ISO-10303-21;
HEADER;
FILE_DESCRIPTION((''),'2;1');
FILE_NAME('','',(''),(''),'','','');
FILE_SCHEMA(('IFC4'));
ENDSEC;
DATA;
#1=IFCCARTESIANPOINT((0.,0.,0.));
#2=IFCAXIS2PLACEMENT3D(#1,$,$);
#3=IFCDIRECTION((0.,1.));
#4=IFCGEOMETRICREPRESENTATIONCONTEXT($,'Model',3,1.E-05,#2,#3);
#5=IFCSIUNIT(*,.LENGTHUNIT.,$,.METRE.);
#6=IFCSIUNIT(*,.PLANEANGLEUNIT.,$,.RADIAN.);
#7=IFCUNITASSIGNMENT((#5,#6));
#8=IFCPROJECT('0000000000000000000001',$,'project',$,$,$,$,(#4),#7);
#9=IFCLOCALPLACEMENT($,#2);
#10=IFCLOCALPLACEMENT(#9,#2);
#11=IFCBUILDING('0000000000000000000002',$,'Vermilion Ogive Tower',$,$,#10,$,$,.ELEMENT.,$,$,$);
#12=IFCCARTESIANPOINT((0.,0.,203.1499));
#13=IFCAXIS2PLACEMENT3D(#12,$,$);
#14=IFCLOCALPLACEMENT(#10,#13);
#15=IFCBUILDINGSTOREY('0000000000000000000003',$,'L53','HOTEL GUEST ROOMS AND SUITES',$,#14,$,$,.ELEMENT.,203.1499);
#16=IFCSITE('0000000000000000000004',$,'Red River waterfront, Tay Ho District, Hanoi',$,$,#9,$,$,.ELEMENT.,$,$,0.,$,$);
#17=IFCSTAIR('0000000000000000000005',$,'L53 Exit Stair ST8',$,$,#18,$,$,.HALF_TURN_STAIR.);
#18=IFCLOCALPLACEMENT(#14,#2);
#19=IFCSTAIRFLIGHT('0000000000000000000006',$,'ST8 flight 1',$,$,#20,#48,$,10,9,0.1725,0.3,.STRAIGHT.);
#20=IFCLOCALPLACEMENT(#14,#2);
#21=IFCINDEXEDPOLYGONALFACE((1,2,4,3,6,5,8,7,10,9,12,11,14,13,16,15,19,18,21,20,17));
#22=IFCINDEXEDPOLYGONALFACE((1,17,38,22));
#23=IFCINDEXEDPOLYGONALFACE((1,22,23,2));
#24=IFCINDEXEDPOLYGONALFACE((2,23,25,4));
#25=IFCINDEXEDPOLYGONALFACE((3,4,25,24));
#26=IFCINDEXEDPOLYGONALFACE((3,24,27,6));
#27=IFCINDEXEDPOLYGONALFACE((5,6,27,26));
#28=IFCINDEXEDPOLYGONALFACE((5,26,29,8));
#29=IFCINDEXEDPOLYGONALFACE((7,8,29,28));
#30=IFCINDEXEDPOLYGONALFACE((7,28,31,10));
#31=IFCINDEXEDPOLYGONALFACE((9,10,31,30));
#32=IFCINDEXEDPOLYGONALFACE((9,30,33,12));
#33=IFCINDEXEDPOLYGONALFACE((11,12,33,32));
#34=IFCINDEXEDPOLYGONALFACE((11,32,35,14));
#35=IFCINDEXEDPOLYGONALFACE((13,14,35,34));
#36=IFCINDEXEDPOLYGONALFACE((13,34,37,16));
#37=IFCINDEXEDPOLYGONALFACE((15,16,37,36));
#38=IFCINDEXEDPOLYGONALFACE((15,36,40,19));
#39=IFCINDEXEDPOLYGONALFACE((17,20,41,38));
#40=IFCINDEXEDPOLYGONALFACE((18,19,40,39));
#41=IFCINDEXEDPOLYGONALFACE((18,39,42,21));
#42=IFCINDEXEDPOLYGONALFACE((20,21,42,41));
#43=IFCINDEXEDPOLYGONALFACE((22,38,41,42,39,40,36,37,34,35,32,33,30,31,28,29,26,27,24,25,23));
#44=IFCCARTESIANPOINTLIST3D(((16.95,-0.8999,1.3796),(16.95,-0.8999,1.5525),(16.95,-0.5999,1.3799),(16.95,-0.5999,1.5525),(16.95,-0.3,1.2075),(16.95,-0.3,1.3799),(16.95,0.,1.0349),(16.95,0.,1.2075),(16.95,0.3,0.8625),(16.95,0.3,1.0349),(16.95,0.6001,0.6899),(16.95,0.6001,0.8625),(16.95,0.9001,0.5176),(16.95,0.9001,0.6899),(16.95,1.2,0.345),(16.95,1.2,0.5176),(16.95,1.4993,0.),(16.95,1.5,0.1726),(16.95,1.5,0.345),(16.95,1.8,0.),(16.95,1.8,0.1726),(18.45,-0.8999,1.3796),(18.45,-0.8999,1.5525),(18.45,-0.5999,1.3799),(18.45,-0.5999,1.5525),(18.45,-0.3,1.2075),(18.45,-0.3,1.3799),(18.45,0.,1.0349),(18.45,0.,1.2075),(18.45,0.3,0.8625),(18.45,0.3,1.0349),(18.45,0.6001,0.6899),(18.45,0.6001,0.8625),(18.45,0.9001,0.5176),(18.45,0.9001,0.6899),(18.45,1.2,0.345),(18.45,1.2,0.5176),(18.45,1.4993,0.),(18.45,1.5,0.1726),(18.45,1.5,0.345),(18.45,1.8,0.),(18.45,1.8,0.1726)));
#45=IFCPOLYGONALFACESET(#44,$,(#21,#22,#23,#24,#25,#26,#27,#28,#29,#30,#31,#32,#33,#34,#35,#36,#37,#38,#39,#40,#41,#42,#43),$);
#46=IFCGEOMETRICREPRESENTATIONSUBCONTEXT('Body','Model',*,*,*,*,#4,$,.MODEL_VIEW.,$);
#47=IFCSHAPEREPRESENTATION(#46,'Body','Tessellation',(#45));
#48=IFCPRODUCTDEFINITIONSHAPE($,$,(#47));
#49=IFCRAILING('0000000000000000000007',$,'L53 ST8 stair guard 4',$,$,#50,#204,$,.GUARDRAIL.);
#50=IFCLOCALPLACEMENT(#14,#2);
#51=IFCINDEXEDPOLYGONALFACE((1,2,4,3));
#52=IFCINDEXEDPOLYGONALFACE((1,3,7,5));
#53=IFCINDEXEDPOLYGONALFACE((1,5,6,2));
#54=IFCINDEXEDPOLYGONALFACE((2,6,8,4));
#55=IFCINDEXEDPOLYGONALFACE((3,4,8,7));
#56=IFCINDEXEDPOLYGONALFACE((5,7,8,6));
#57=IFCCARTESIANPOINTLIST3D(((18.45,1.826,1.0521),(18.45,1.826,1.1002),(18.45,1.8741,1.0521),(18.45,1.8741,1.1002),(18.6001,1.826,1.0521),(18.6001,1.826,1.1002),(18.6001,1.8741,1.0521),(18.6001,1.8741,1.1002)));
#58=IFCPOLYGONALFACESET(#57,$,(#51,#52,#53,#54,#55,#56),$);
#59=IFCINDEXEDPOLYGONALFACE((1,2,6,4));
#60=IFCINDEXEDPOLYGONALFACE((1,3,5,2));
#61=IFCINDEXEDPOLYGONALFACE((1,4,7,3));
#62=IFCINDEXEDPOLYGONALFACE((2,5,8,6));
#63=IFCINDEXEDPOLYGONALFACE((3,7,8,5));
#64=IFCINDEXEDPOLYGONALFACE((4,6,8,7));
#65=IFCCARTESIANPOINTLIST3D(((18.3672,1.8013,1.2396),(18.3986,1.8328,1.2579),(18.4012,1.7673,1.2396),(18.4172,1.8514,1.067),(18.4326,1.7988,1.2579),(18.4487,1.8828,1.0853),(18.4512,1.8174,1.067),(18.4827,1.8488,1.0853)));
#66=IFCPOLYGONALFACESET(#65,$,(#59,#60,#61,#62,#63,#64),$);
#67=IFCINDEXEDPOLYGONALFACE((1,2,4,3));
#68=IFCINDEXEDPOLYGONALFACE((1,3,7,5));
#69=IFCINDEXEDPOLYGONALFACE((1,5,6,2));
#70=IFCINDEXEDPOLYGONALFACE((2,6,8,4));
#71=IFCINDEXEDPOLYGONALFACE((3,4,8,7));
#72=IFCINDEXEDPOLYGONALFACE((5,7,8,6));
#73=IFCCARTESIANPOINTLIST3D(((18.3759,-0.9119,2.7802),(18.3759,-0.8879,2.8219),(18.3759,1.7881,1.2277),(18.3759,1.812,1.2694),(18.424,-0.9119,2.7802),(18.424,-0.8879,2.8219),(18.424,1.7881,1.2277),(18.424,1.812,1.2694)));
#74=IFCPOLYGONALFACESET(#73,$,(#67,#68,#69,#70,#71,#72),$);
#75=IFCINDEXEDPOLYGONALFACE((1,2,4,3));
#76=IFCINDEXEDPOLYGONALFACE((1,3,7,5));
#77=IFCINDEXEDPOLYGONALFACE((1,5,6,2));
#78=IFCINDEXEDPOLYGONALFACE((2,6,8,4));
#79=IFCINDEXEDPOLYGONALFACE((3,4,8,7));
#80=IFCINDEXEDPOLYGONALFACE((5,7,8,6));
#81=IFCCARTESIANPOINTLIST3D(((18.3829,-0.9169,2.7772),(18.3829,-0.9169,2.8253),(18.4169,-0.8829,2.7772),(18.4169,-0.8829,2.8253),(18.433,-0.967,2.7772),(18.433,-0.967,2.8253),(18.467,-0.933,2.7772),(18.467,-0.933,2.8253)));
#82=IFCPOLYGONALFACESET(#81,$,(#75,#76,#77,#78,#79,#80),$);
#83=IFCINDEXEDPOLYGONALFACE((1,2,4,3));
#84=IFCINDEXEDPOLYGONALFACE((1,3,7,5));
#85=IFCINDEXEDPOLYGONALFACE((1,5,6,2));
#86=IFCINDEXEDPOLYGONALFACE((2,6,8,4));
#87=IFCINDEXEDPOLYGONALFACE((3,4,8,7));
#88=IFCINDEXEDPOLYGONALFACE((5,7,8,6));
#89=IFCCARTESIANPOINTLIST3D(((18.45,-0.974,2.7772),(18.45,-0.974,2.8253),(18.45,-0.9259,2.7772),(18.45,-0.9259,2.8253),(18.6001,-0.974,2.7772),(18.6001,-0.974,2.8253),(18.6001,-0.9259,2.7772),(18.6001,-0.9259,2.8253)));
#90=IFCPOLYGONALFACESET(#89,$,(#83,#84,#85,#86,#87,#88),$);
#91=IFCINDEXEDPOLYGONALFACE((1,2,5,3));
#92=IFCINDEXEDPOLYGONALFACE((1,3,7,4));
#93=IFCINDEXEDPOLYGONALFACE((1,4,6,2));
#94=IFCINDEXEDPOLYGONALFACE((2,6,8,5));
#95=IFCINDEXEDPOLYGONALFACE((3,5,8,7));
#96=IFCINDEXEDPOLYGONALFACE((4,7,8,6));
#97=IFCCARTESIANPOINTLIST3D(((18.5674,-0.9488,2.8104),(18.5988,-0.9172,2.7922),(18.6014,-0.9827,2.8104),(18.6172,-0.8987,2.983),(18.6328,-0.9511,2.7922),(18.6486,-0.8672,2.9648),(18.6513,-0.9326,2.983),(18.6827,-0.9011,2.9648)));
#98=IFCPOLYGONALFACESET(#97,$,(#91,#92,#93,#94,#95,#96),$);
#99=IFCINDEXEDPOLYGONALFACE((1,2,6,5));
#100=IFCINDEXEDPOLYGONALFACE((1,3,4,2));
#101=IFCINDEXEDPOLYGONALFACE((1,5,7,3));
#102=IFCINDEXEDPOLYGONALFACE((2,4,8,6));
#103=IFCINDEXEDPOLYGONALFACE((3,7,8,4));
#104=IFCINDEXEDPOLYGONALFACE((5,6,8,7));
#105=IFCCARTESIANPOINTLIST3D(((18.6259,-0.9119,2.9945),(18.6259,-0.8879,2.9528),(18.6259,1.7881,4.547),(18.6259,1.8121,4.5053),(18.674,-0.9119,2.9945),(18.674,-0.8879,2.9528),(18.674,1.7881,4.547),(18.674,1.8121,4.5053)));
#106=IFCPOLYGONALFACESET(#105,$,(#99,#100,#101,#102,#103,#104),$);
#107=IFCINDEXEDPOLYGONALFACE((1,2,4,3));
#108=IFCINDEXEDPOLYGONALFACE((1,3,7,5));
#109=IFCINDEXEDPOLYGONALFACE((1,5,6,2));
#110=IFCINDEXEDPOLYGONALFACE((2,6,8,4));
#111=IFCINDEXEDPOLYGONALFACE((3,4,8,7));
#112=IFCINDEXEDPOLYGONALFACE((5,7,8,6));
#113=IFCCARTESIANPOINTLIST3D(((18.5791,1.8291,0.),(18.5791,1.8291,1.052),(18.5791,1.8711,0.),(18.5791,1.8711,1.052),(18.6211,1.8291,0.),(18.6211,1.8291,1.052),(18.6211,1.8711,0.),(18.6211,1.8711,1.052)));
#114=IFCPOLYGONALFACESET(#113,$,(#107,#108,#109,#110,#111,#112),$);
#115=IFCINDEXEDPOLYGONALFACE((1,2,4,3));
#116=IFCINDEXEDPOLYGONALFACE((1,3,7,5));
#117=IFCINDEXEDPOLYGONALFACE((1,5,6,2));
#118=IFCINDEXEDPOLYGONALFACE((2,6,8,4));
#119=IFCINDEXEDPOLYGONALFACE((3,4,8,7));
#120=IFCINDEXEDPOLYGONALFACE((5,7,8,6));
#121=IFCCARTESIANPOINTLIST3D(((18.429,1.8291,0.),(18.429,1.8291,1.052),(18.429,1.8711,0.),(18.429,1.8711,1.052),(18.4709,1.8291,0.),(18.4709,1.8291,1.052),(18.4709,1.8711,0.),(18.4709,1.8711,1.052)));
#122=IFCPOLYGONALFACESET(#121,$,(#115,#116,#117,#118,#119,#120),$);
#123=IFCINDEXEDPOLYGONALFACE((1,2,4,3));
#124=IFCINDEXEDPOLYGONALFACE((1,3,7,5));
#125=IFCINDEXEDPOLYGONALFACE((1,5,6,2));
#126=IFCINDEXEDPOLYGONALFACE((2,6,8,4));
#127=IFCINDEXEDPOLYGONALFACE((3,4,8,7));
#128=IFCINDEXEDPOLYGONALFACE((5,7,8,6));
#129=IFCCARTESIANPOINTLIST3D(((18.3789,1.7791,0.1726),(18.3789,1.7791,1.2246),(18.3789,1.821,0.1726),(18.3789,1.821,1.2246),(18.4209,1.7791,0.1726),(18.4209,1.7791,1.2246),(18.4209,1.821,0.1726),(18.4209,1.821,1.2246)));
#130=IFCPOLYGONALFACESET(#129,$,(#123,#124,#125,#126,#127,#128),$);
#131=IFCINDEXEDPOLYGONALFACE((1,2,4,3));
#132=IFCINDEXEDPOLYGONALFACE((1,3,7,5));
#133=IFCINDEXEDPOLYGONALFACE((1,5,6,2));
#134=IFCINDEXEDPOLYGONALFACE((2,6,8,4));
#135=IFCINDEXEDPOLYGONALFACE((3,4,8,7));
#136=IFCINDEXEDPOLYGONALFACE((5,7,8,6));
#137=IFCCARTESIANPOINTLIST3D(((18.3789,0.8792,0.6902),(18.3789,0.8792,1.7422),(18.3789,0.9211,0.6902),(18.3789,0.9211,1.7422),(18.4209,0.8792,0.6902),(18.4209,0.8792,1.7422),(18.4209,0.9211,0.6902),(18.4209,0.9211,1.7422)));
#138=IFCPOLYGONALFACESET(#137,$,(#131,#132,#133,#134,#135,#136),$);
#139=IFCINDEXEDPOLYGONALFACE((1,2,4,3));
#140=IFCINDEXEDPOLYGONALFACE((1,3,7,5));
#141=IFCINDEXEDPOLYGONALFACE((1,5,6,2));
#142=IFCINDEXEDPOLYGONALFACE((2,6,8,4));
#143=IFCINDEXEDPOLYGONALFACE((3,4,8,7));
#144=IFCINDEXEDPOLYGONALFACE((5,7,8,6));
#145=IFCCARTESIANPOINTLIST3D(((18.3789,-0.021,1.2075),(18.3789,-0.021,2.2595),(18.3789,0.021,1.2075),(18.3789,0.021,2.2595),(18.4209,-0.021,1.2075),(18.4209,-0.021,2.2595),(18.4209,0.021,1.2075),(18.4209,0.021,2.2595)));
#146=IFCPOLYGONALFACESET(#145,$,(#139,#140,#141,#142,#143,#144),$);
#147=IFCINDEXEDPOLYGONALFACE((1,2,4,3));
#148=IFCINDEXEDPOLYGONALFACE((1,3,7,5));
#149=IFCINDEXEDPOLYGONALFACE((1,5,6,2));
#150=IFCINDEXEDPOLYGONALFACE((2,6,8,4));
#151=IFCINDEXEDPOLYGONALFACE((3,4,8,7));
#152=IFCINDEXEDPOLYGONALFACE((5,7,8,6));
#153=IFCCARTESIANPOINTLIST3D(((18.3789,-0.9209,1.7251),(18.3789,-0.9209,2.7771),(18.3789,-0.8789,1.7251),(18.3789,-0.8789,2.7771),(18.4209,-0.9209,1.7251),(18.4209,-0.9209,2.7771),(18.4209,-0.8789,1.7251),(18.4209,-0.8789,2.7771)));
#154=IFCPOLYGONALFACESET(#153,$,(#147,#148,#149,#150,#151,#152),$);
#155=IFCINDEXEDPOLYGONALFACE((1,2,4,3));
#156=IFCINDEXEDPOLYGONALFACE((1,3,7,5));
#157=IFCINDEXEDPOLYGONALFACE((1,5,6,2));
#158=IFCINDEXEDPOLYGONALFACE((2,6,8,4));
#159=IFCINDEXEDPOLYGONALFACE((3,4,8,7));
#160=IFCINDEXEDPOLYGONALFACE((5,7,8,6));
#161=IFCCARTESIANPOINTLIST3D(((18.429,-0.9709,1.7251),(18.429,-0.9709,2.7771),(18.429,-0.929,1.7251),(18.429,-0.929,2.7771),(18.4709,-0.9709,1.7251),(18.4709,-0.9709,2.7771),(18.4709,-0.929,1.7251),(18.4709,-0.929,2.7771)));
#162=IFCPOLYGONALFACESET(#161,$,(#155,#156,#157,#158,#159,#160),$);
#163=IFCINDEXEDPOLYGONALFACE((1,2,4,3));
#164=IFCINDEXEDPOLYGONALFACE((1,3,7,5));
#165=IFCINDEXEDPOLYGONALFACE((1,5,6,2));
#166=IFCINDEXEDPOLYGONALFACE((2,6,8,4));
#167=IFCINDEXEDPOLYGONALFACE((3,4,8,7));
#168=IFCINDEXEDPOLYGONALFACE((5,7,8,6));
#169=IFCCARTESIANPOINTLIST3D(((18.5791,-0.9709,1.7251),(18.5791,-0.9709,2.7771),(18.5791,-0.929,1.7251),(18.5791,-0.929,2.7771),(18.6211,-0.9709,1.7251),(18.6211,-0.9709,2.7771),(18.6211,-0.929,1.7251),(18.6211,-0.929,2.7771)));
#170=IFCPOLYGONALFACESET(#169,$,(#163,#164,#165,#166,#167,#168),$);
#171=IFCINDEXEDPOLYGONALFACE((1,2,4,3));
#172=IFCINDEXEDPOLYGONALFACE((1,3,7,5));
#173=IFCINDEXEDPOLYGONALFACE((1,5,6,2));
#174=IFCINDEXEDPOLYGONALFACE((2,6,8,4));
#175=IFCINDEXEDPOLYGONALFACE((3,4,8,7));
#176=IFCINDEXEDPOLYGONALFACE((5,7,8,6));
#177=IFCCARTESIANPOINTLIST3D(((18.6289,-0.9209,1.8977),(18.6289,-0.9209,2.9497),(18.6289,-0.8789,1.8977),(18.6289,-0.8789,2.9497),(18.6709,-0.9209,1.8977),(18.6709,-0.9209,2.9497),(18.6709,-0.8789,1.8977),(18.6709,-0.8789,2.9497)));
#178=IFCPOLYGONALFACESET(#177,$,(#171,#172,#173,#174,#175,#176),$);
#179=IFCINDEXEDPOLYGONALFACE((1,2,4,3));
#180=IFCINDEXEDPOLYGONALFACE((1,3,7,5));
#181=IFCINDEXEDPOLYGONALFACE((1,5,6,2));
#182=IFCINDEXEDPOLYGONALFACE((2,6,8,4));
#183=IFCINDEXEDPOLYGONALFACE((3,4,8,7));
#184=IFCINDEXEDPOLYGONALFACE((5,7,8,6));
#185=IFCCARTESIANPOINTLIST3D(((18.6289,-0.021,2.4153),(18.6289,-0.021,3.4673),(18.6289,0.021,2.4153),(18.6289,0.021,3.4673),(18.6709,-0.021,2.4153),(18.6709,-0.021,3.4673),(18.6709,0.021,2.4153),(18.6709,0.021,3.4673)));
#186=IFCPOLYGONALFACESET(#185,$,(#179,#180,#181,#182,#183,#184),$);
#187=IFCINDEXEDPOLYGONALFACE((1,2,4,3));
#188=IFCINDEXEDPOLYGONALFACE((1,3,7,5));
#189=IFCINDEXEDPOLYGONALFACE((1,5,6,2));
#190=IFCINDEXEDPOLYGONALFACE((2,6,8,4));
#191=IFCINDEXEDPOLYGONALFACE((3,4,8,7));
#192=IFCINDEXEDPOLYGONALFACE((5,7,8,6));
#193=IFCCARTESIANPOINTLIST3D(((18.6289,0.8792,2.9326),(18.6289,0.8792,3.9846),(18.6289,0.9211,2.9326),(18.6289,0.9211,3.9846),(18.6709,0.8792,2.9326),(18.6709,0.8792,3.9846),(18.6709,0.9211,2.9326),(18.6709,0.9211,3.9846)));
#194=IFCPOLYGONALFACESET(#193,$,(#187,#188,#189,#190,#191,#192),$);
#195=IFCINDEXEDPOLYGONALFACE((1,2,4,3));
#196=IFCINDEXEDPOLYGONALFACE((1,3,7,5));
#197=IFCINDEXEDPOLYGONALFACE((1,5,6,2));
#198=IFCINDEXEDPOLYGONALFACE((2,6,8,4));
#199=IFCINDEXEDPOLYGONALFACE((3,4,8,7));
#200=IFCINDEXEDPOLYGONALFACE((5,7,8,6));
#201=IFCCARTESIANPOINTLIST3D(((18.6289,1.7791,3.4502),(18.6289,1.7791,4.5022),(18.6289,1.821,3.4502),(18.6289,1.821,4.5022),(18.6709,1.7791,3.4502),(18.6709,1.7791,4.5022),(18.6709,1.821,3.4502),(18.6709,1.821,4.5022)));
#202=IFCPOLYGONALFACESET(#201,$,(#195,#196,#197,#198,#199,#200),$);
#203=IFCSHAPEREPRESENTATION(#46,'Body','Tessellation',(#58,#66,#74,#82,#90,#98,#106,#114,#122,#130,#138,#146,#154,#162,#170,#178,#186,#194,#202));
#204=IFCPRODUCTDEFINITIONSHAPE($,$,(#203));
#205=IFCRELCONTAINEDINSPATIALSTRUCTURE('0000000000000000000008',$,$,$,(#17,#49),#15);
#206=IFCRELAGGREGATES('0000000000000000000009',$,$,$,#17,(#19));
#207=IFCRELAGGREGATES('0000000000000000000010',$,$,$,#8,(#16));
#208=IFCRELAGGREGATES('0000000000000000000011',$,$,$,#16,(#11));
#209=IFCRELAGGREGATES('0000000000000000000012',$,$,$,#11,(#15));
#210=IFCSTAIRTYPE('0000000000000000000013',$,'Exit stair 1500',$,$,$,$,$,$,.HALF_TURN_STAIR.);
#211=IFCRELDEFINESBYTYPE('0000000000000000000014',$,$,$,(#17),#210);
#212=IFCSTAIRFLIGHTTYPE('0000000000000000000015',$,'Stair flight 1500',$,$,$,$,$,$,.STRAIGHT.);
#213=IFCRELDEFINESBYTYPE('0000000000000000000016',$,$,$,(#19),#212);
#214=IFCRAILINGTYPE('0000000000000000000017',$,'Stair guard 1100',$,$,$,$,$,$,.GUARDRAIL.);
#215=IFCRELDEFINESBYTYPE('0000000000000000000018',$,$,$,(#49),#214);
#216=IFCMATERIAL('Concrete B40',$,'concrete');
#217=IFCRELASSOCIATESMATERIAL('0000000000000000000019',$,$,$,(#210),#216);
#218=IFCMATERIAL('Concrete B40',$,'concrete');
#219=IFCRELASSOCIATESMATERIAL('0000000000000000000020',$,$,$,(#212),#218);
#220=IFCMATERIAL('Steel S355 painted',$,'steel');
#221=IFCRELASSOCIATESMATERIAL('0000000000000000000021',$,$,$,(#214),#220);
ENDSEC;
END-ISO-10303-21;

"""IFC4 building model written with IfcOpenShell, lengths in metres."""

from ifc_helpers import new_model, si_unit, direction, frame, origin, origin_2d, place, context, subcontext, project, spatial, polyline, rectangle, outline, extrude, material, type_object, element, aggregate, save


model = new_model("IFC4")

# Units and contexts
model_context = context("Model", 3, precision=1e-05, world=origin(), true_north=direction((0.0, 1.0)))
body_context = subcontext(model_context, "Body", "Model", "MODEL_VIEW")
ifc_project = project(units=[si_unit("LENGTHUNIT", "METRE"), si_unit("PLANEANGLEUNIT", "RADIAN")], contexts=[model_context])

# Site, building, storey
site_placement = place(None, origin())
site = spatial("IfcSite", under=ifc_project, at=site_placement, Name="Red River waterfront, Tay Ho District, Hanoi", CompositionType="ELEMENT", RefElevation=0.0)
building_placement = place(site_placement, origin())
building = spatial("IfcBuilding", under=site, at=building_placement, Name="Vermilion Ogive Tower", CompositionType="ELEMENT")
storey_placement = place(building_placement, frame((0.0, 0.0, 203.1499)))
storey = spatial("IfcBuildingStorey", under=building, at=storey_placement, Name="L53", Description="HOTEL GUEST ROOMS AND SUITES", CompositionType="ELEMENT", Elevation=203.1499)

# Stair, stair flight
ifc_material_1 = material(Name="Concrete B40", Category="concrete")
stair_type = type_object("IfcStairType", Name="Exit stair 1500", PredefinedType="HALF_TURN_STAIR", material=ifc_material_1)
stair_placement = place(storey_placement, origin())
stair = element("IfcStair", 1, at=stair_placement, inside=storey, type_object=stair_type, Name="L53 Exit Stair ST8", PredefinedType="HALF_TURN_STAIR")
ifc_material_2 = material(Name="Concrete B40", Category="concrete")
stair_flight_type = type_object("IfcStairFlightType", Name="Stair flight 1500", PredefinedType="STRAIGHT", material=ifc_material_2)
stair_flight_placement = place(storey_placement, frame((17.7, 1.8, 0.0), z_axis=(0.0, 0.0, 1.0), x_axis=(0.0, -1.0, 0.0)))
stair_flight = element("IfcStairFlight", 2, at=stair_flight_placement, type_object=stair_flight_type, Name="ST8 flight 1", NumberOfRisers=10, NumberOfTreads=9, PredefinedType="STRAIGHT", RiserHeight=0.1725, TreadLength=0.3, context=body_context, shape_type="SweptSolid", body=[
    extrude(outline(polyline([(0.0, 0.0), (0.0, 0.1726), (0.3, 0.1726), (0.3, 0.345), (0.6001, 0.345), (0.6001, 0.5176), (0.8999, 0.5176), (0.8999, 0.6899), (1.2, 0.6899), (1.2, 0.8625), (1.5, 0.8625), (1.5, 1.0349), (1.8, 1.0349), (1.8, 1.2075), (2.1001, 1.2075), (2.1001, 1.3799), (2.3999, 1.3799), (2.3999, 1.5525), (2.7, 1.5525), (2.7, 1.7251), (2.7, 1.3796), (0.3008, 0.0), (0.0, 0.0)])), frame((0.0, 0.75, 0.0), z_axis=(0.0, -1.0, 0.0), x_axis=(1.0, 0.0, 0.0)), (0.0, 0.0, 1.0), 1.5),
])
aggregate(stair, [stair_flight])

# Railing
ifc_material_3 = material(Name="Steel S355 painted", Category="steel")
railing_type_1 = type_object("IfcRailingType", Name="Stair guard 1100", PredefinedType="GUARDRAIL", material=ifc_material_3)
railing_1_placement = place(storey_placement, frame((18.6001, 1.8501, 0.0)))
element("IfcRailing", 3, at=railing_1_placement, inside=storey, type_object=railing_type_1, Name="L53 ST8 stair guard 4", PredefinedType="GUARDRAIL", context=body_context, shape_type="SweptSolid", body=[
    extrude(rectangle(XDim=0.0481, YDim=0.0481, at=origin_2d()), frame((0.0, 0.0, 1.0762), z_axis=(-1.0, 0.0, 0.0), x_axis=(0.0, -1.0, 0.0)), (0.0, 0.0, 1.0), 0.1501),
    extrude(rectangle(XDim=0.0481, YDim=0.0481, at=origin_2d()), frame((-0.1501, 0.0, 1.0762), z_axis=(-0.268278, -0.268278, 0.925232), x_axis=(0.707107, -0.707107, 0.0)), (0.0, 0.0, 1.0), 0.1865),
    extrude(rectangle(XDim=0.0481, YDim=0.0481, at=origin_2d()), frame((-0.2002, -0.05, 1.2485), z_axis=(0.0, -0.866904, 0.498476), x_axis=(1.0, 0.0, 0.0)), (0.0, 0.0, 1.0), 3.1145),
    extrude(rectangle(XDim=0.0481, YDim=0.0481, at=origin_2d()), frame((-0.2002, -2.75, 2.8013), z_axis=(0.707107, -0.707107, 0.0), x_axis=(0.707107, 0.707107, 0.0)), (0.0, 0.0, 1.0), 0.0708),
    extrude(rectangle(XDim=0.0481, YDim=0.0481, at=origin_2d()), frame((-0.1501, -2.8, 2.8013), z_axis=(1.0, 0.0, 0.0), x_axis=(0.0, 1.0, 0.0)), (0.0, 0.0, 1.0), 0.1501),
    extrude(rectangle(XDim=0.0481, YDim=0.0481, at=origin_2d()), frame((0.0, -2.8, 2.8013), z_axis=(0.267063, 0.268372, 0.925556), x_axis=(-0.708834, 0.705376, 0.0)), (0.0, 0.0, 1.0), 0.1865),
    extrude(rectangle(XDim=0.0481, YDim=0.0481, at=origin_2d()), frame((0.0498, -2.75, 2.9736), z_axis=(0.0, 0.866904, 0.498476), x_axis=(-1.0, 0.0, 0.0)), (0.0, 0.0, 1.0), 3.1145),
    extrude(rectangle(XDim=0.042, YDim=0.042, at=origin_2d()), origin(), (0.0, 0.0, 1.0), 1.052),
    extrude(rectangle(XDim=0.042, YDim=0.042, at=origin_2d()), frame((-0.1501, 0.0, 0.0)), (0.0, 0.0, 1.0), 1.052),
    extrude(rectangle(XDim=0.042, YDim=0.042, at=origin_2d()), frame((-0.2002, -0.05, 0.1726)), (0.0, 0.0, 1.0), 1.052),
    extrude(rectangle(XDim=0.042, YDim=0.042, at=origin_2d()), frame((-0.2002, -0.95, 0.6902)), (0.0, 0.0, 1.0), 1.052),
    extrude(rectangle(XDim=0.042, YDim=0.042, at=origin_2d()), frame((-0.2002, -1.8501, 1.2075)), (0.0, 0.0, 1.0), 1.052),
    extrude(rectangle(XDim=0.042, YDim=0.042, at=origin_2d()), frame((-0.2002, -2.75, 1.7251)), (0.0, 0.0, 1.0), 1.052),
    extrude(rectangle(XDim=0.042, YDim=0.042, at=origin_2d()), frame((-0.1501, -2.8, 1.7251)), (0.0, 0.0, 1.0), 1.052),
    extrude(rectangle(XDim=0.042, YDim=0.042, at=origin_2d()), frame((0.0, -2.8, 1.7251)), (0.0, 0.0, 1.0), 1.052),
    extrude(rectangle(XDim=0.042, YDim=0.042, at=origin_2d()), frame((0.0498, -2.75, 1.8977)), (0.0, 0.0, 1.0), 1.052),
    extrude(rectangle(XDim=0.042, YDim=0.042, at=origin_2d()), frame((0.0498, -1.8501, 2.4153)), (0.0, 0.0, 1.0), 1.052),
    extrude(rectangle(XDim=0.042, YDim=0.042, at=origin_2d()), frame((0.0498, -0.95, 2.9326)), (0.0, 0.0, 1.0), 1.052),
    extrude(rectangle(XDim=0.042, YDim=0.042, at=origin_2d()), frame((0.0498, -0.05, 3.4502)), (0.0, 0.0, 1.0), 1.052),
])

save(model, "model.ifc")
